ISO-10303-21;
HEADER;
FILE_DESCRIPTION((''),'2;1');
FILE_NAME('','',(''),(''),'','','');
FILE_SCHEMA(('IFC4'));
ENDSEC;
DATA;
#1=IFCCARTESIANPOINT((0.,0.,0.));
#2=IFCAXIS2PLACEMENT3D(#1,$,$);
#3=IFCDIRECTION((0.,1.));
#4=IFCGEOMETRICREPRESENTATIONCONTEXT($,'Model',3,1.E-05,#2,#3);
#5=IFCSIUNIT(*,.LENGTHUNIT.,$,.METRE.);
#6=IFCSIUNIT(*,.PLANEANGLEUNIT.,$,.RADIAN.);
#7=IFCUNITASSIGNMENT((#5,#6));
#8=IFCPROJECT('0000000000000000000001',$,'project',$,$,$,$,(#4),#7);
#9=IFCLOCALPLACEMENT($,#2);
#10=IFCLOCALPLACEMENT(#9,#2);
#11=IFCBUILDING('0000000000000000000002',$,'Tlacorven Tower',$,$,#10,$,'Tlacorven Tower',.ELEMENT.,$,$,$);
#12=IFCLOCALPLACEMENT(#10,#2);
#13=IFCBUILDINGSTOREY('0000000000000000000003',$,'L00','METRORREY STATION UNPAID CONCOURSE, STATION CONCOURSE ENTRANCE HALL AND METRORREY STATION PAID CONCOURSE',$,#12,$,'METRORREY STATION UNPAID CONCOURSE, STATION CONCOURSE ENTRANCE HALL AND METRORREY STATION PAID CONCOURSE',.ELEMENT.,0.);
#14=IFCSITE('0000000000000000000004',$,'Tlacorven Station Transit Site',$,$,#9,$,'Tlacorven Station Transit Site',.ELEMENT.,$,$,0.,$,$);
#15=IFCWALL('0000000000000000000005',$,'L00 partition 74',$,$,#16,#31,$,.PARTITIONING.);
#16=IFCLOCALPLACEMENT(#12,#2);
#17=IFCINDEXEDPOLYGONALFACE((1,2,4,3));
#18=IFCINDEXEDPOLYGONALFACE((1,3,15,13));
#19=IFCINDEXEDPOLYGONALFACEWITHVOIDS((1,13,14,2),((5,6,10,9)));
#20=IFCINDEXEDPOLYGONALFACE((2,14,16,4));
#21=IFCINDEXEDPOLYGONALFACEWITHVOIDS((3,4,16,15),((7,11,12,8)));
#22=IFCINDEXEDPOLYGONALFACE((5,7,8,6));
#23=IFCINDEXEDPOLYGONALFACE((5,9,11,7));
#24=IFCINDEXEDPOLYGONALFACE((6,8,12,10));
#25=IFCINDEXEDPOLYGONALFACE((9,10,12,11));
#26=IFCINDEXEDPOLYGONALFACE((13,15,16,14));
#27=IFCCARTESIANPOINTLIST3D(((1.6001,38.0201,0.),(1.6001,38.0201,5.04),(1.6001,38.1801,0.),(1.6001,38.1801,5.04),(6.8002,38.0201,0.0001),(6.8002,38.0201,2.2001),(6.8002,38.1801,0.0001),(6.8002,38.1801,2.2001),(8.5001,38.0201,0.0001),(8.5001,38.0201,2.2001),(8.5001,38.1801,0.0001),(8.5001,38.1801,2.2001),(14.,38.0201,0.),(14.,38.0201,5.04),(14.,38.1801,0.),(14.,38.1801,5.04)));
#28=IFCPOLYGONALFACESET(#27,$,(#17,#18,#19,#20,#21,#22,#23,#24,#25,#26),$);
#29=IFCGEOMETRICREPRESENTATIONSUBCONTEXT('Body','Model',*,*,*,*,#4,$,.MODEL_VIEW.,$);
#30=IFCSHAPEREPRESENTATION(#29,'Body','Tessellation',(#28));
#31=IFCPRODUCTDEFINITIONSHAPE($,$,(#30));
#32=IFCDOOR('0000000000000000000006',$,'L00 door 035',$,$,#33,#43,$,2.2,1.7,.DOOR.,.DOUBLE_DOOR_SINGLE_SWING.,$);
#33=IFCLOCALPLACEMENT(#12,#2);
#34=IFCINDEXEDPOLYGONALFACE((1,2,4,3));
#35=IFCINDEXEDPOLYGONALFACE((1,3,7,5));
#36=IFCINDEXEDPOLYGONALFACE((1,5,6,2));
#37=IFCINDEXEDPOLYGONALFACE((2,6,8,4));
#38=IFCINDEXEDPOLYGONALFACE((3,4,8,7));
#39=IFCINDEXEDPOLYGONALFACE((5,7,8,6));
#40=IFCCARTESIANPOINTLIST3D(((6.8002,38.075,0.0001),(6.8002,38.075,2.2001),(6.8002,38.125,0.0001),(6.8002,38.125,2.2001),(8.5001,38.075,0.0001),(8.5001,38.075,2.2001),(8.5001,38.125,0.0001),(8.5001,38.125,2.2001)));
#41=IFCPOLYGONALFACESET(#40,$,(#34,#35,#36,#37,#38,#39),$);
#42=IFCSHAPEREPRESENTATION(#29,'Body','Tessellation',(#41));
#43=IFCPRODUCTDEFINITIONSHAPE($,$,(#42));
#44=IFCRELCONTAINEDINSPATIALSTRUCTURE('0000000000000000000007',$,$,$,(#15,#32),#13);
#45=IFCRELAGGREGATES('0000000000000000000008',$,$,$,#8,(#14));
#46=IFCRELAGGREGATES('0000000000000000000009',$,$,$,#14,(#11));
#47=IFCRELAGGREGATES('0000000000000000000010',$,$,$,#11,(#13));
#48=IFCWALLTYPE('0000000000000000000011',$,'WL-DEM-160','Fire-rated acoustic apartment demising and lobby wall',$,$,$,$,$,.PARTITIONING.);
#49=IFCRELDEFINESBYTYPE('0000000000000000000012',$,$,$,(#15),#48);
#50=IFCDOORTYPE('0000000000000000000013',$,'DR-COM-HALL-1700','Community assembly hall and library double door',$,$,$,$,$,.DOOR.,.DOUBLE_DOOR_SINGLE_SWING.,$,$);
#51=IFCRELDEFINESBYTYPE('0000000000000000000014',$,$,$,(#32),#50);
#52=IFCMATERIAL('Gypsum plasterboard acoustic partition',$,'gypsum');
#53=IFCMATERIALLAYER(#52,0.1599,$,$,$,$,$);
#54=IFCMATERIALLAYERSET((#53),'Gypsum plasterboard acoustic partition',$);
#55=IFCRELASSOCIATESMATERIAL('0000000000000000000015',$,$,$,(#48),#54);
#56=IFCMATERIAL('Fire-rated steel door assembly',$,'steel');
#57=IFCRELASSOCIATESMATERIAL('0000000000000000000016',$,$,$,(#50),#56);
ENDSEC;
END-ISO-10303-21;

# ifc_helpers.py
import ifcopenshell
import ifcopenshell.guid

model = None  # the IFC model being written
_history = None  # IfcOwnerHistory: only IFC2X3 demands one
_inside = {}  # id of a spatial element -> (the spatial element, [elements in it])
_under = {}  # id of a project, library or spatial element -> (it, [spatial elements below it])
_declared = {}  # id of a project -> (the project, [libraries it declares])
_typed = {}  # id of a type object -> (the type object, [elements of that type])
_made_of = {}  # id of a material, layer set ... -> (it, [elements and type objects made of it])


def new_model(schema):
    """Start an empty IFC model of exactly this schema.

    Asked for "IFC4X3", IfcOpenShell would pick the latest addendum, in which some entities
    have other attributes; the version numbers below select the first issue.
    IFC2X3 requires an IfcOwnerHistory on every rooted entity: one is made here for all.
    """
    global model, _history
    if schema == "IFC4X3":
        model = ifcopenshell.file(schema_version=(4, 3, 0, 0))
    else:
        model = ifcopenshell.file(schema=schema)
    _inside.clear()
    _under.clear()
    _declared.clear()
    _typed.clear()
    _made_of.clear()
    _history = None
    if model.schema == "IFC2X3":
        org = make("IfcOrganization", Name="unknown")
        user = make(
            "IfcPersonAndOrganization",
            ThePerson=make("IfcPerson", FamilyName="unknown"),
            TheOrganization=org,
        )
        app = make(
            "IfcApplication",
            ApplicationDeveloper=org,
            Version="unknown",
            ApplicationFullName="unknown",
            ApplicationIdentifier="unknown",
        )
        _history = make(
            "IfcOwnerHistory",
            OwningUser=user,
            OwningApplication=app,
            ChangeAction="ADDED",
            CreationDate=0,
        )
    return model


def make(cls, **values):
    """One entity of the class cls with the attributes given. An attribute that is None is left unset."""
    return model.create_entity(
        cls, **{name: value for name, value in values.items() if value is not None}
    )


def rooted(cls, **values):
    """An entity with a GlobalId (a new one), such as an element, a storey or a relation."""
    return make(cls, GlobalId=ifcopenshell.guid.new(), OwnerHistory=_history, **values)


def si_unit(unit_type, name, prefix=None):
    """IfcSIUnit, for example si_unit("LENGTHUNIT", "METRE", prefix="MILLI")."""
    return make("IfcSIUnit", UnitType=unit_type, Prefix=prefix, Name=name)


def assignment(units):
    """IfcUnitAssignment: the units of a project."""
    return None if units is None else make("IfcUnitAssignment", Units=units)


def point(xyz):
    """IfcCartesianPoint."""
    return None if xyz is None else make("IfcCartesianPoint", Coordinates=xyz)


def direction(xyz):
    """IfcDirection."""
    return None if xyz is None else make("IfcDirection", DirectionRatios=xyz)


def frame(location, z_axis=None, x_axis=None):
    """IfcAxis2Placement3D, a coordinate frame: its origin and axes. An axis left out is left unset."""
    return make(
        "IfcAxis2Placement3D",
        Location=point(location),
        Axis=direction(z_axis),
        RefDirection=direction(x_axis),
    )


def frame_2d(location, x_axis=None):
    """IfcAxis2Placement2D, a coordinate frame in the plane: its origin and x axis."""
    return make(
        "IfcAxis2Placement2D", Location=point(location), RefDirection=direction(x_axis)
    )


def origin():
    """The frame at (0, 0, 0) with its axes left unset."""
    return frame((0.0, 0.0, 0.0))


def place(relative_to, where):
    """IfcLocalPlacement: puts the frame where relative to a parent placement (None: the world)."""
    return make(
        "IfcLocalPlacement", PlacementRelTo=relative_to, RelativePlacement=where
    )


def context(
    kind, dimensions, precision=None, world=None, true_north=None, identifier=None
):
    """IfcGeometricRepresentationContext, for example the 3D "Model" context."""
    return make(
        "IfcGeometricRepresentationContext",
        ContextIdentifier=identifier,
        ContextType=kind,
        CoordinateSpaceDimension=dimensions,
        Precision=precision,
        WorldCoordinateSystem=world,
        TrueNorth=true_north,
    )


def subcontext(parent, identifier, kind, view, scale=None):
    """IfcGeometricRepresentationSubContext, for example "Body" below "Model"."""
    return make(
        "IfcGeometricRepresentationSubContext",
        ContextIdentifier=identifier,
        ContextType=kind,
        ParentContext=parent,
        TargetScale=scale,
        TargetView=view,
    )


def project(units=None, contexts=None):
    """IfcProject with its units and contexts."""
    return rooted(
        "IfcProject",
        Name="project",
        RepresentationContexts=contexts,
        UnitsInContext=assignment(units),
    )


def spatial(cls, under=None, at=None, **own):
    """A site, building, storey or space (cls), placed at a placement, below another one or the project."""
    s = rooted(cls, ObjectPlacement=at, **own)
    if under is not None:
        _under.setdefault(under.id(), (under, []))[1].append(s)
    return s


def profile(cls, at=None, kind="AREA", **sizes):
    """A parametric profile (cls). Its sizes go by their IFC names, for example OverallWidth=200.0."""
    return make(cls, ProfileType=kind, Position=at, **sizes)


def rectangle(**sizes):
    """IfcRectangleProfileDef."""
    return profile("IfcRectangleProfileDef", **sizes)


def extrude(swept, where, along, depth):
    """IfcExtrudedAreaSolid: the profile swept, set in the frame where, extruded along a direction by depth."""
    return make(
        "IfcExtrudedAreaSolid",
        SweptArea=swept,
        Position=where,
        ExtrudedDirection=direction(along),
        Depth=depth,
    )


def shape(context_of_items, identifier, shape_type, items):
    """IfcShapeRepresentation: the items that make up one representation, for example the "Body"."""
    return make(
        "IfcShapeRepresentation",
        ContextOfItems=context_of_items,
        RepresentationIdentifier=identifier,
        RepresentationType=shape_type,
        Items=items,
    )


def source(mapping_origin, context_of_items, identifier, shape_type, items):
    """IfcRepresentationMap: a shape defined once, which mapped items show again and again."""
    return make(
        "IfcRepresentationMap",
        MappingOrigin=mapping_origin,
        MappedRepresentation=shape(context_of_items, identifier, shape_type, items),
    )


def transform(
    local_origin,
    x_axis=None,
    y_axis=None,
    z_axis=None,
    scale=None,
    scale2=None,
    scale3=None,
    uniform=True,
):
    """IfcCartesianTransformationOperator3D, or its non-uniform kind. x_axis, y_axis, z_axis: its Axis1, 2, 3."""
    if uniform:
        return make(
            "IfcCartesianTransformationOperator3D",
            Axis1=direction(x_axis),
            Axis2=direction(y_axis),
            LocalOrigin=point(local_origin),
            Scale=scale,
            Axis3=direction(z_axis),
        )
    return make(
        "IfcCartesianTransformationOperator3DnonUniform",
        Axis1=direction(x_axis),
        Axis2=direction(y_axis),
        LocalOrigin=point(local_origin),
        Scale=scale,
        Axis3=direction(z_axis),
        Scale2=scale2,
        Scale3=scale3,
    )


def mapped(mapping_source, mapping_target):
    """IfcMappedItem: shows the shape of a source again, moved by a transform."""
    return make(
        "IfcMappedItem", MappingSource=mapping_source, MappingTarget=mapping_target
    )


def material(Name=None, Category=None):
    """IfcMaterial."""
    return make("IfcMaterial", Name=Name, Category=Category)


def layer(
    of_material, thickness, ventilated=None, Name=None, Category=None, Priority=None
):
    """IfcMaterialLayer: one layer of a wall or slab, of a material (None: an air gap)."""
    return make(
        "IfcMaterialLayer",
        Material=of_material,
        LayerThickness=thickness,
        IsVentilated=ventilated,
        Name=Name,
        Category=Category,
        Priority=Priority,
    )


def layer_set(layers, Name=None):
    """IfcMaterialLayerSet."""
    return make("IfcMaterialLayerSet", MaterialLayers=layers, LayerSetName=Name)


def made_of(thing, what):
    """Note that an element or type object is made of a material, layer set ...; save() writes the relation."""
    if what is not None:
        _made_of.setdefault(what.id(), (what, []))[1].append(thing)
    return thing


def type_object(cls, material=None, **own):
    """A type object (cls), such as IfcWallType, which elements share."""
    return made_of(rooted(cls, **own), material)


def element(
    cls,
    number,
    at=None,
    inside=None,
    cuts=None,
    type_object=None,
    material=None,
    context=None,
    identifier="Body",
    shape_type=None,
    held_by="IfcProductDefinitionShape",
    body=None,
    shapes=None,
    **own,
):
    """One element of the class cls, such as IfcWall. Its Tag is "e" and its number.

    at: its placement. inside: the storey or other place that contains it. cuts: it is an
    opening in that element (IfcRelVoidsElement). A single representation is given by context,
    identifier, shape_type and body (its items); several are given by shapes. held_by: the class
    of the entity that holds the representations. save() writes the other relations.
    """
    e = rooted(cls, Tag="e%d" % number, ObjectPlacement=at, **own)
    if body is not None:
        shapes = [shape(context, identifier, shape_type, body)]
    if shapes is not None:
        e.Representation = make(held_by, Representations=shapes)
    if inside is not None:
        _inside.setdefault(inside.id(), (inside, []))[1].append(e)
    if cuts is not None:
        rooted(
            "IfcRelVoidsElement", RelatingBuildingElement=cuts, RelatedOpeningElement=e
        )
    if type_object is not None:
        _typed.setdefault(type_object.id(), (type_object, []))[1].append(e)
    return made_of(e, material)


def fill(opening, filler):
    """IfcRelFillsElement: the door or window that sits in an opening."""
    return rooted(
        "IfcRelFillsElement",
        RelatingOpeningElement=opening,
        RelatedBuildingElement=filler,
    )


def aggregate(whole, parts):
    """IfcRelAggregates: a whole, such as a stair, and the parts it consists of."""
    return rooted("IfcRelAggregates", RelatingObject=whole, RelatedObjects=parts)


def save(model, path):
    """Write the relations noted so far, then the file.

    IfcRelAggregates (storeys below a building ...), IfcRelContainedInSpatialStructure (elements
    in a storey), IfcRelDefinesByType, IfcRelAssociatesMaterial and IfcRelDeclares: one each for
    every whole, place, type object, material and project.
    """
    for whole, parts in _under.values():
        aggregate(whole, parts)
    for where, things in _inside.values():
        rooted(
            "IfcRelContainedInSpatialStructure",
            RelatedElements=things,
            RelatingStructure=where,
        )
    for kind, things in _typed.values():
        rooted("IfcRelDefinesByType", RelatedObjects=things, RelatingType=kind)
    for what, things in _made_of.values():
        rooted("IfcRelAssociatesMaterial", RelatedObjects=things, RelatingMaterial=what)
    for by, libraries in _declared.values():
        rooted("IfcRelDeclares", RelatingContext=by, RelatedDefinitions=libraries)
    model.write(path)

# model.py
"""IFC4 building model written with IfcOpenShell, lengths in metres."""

from ifc_helpers import new_model, si_unit, direction, frame, frame_2d, origin, place, context, subcontext, project, spatial, rectangle, extrude, source, transform, mapped, material, layer, layer_set, type_object, element, fill, save


model = new_model("IFC4")

# Units and contexts
model_context = context("Model", 3, precision=1e-05, world=origin(), true_north=direction((0.0, 1.0)))
body_context = subcontext(model_context, "Body", "Model", "MODEL_VIEW")
ifc_project = project(units=[si_unit("LENGTHUNIT", "METRE"), si_unit("PLANEANGLEUNIT", "RADIAN")], contexts=[model_context])

# Site, building, storey
site_placement = place(None, origin())
site = spatial("IfcSite", under=ifc_project, at=site_placement, Name="Tlacorven Station Transit Site", LongName="Tlacorven Station Transit Site", CompositionType="ELEMENT", RefElevation=0.0)
building_placement = place(site_placement, origin())
building = spatial("IfcBuilding", under=site, at=building_placement, Name="Tlacorven Tower", LongName="Tlacorven Tower", CompositionType="ELEMENT")
storey_placement = place(building_placement, origin())
storey = spatial("IfcBuildingStorey", under=building, at=storey_placement, Name="L00", Description="METRORREY STATION UNPAID CONCOURSE, STATION CONCOURSE ENTRANCE HALL AND METRORREY STATION PAID CONCOURSE", LongName="METRORREY STATION UNPAID CONCOURSE, STATION CONCOURSE ENTRANCE HALL AND METRORREY STATION PAID CONCOURSE", CompositionType="ELEMENT", Elevation=0.0)

# Wall, opening, door
ifc_material_1 = material(Name="Gypsum plasterboard acoustic partition", Category="gypsum")
ifc_layer_1 = layer(ifc_material_1, 0.1599)
ifc_layer_set_1 = layer_set([ifc_layer_1], Name="Gypsum plasterboard acoustic partition")
wall_type = type_object("IfcWallType", Name="WL-DEM-160", Description="Fire-rated acoustic apartment demising and lobby wall", PredefinedType="PARTITIONING", material=ifc_layer_set_1)
wall_placement = place(storey_placement, frame((1.6001, 38.1001, 0.0), z_axis=(0.0, 0.0, 1.0), x_axis=(1.0, 0.0, 0.0)))
wall = element("IfcWall", 1, at=wall_placement, inside=storey, type_object=wall_type, Name="L00 partition 74", PredefinedType="PARTITIONING", context=body_context, shape_type="SweptSolid", body=[
    extrude(rectangle(XDim=12.3999, YDim=0.1599, at=frame_2d((6.2, 0.0))), origin(), (0.0, 0.0, 1.0), 5.04),
])
opening_placement = place(wall_placement, frame((5.2, 0.0, 0.0)))
opening = element("IfcOpeningElement", 2, at=opening_placement, cuts=wall, PredefinedType="OPENING", context=body_context, shape_type="SweptSolid", body=[
    extrude(rectangle(XDim=1.7, YDim=2.2, at=frame_2d((0.8501, 1.1001))), frame((0.0, 0.0898, 0.0), z_axis=(0.0, -1.0, 0.0), x_axis=(1.0, 0.0, 0.0)), (0.0, 0.0, 1.0), 0.1799),
])
ifc_material_2 = material(Name="Fire-rated steel door assembly", Category="steel")
door_type = type_object("IfcDoorType", Name="DR-COM-HALL-1700", Description="Community assembly hall and library double door", OperationType="DOUBLE_DOOR_SINGLE_SWING", PredefinedType="DOOR", material=ifc_material_2)
shared_shape_1 = source(origin(), body_context, "Body", "SweptSolid", [
    extrude(rectangle(XDim=1.7, YDim=2.2, at=frame_2d((0.8501, 1.1001))), frame((0.0, 0.0249, 0.0), z_axis=(0.0, -1.0, 0.0), x_axis=(1.0, 0.0, 0.0)), (0.0, 0.0, 1.0), 0.05),
])
door_placement = place(opening_placement, origin())
door = element("IfcDoor", 3, at=door_placement, inside=storey, type_object=door_type, Name="L00 door 035", OperationType="DOUBLE_DOOR_SINGLE_SWING", OverallHeight=2.2, OverallWidth=1.7, PredefinedType="DOOR", context=body_context, shape_type="MappedRepresentation", body=[
    mapped(shared_shape_1, transform((0.0, 0.0, 0.0), scale=1.0)),
])
fill(opening, door)

save(model, "model.ifc")
